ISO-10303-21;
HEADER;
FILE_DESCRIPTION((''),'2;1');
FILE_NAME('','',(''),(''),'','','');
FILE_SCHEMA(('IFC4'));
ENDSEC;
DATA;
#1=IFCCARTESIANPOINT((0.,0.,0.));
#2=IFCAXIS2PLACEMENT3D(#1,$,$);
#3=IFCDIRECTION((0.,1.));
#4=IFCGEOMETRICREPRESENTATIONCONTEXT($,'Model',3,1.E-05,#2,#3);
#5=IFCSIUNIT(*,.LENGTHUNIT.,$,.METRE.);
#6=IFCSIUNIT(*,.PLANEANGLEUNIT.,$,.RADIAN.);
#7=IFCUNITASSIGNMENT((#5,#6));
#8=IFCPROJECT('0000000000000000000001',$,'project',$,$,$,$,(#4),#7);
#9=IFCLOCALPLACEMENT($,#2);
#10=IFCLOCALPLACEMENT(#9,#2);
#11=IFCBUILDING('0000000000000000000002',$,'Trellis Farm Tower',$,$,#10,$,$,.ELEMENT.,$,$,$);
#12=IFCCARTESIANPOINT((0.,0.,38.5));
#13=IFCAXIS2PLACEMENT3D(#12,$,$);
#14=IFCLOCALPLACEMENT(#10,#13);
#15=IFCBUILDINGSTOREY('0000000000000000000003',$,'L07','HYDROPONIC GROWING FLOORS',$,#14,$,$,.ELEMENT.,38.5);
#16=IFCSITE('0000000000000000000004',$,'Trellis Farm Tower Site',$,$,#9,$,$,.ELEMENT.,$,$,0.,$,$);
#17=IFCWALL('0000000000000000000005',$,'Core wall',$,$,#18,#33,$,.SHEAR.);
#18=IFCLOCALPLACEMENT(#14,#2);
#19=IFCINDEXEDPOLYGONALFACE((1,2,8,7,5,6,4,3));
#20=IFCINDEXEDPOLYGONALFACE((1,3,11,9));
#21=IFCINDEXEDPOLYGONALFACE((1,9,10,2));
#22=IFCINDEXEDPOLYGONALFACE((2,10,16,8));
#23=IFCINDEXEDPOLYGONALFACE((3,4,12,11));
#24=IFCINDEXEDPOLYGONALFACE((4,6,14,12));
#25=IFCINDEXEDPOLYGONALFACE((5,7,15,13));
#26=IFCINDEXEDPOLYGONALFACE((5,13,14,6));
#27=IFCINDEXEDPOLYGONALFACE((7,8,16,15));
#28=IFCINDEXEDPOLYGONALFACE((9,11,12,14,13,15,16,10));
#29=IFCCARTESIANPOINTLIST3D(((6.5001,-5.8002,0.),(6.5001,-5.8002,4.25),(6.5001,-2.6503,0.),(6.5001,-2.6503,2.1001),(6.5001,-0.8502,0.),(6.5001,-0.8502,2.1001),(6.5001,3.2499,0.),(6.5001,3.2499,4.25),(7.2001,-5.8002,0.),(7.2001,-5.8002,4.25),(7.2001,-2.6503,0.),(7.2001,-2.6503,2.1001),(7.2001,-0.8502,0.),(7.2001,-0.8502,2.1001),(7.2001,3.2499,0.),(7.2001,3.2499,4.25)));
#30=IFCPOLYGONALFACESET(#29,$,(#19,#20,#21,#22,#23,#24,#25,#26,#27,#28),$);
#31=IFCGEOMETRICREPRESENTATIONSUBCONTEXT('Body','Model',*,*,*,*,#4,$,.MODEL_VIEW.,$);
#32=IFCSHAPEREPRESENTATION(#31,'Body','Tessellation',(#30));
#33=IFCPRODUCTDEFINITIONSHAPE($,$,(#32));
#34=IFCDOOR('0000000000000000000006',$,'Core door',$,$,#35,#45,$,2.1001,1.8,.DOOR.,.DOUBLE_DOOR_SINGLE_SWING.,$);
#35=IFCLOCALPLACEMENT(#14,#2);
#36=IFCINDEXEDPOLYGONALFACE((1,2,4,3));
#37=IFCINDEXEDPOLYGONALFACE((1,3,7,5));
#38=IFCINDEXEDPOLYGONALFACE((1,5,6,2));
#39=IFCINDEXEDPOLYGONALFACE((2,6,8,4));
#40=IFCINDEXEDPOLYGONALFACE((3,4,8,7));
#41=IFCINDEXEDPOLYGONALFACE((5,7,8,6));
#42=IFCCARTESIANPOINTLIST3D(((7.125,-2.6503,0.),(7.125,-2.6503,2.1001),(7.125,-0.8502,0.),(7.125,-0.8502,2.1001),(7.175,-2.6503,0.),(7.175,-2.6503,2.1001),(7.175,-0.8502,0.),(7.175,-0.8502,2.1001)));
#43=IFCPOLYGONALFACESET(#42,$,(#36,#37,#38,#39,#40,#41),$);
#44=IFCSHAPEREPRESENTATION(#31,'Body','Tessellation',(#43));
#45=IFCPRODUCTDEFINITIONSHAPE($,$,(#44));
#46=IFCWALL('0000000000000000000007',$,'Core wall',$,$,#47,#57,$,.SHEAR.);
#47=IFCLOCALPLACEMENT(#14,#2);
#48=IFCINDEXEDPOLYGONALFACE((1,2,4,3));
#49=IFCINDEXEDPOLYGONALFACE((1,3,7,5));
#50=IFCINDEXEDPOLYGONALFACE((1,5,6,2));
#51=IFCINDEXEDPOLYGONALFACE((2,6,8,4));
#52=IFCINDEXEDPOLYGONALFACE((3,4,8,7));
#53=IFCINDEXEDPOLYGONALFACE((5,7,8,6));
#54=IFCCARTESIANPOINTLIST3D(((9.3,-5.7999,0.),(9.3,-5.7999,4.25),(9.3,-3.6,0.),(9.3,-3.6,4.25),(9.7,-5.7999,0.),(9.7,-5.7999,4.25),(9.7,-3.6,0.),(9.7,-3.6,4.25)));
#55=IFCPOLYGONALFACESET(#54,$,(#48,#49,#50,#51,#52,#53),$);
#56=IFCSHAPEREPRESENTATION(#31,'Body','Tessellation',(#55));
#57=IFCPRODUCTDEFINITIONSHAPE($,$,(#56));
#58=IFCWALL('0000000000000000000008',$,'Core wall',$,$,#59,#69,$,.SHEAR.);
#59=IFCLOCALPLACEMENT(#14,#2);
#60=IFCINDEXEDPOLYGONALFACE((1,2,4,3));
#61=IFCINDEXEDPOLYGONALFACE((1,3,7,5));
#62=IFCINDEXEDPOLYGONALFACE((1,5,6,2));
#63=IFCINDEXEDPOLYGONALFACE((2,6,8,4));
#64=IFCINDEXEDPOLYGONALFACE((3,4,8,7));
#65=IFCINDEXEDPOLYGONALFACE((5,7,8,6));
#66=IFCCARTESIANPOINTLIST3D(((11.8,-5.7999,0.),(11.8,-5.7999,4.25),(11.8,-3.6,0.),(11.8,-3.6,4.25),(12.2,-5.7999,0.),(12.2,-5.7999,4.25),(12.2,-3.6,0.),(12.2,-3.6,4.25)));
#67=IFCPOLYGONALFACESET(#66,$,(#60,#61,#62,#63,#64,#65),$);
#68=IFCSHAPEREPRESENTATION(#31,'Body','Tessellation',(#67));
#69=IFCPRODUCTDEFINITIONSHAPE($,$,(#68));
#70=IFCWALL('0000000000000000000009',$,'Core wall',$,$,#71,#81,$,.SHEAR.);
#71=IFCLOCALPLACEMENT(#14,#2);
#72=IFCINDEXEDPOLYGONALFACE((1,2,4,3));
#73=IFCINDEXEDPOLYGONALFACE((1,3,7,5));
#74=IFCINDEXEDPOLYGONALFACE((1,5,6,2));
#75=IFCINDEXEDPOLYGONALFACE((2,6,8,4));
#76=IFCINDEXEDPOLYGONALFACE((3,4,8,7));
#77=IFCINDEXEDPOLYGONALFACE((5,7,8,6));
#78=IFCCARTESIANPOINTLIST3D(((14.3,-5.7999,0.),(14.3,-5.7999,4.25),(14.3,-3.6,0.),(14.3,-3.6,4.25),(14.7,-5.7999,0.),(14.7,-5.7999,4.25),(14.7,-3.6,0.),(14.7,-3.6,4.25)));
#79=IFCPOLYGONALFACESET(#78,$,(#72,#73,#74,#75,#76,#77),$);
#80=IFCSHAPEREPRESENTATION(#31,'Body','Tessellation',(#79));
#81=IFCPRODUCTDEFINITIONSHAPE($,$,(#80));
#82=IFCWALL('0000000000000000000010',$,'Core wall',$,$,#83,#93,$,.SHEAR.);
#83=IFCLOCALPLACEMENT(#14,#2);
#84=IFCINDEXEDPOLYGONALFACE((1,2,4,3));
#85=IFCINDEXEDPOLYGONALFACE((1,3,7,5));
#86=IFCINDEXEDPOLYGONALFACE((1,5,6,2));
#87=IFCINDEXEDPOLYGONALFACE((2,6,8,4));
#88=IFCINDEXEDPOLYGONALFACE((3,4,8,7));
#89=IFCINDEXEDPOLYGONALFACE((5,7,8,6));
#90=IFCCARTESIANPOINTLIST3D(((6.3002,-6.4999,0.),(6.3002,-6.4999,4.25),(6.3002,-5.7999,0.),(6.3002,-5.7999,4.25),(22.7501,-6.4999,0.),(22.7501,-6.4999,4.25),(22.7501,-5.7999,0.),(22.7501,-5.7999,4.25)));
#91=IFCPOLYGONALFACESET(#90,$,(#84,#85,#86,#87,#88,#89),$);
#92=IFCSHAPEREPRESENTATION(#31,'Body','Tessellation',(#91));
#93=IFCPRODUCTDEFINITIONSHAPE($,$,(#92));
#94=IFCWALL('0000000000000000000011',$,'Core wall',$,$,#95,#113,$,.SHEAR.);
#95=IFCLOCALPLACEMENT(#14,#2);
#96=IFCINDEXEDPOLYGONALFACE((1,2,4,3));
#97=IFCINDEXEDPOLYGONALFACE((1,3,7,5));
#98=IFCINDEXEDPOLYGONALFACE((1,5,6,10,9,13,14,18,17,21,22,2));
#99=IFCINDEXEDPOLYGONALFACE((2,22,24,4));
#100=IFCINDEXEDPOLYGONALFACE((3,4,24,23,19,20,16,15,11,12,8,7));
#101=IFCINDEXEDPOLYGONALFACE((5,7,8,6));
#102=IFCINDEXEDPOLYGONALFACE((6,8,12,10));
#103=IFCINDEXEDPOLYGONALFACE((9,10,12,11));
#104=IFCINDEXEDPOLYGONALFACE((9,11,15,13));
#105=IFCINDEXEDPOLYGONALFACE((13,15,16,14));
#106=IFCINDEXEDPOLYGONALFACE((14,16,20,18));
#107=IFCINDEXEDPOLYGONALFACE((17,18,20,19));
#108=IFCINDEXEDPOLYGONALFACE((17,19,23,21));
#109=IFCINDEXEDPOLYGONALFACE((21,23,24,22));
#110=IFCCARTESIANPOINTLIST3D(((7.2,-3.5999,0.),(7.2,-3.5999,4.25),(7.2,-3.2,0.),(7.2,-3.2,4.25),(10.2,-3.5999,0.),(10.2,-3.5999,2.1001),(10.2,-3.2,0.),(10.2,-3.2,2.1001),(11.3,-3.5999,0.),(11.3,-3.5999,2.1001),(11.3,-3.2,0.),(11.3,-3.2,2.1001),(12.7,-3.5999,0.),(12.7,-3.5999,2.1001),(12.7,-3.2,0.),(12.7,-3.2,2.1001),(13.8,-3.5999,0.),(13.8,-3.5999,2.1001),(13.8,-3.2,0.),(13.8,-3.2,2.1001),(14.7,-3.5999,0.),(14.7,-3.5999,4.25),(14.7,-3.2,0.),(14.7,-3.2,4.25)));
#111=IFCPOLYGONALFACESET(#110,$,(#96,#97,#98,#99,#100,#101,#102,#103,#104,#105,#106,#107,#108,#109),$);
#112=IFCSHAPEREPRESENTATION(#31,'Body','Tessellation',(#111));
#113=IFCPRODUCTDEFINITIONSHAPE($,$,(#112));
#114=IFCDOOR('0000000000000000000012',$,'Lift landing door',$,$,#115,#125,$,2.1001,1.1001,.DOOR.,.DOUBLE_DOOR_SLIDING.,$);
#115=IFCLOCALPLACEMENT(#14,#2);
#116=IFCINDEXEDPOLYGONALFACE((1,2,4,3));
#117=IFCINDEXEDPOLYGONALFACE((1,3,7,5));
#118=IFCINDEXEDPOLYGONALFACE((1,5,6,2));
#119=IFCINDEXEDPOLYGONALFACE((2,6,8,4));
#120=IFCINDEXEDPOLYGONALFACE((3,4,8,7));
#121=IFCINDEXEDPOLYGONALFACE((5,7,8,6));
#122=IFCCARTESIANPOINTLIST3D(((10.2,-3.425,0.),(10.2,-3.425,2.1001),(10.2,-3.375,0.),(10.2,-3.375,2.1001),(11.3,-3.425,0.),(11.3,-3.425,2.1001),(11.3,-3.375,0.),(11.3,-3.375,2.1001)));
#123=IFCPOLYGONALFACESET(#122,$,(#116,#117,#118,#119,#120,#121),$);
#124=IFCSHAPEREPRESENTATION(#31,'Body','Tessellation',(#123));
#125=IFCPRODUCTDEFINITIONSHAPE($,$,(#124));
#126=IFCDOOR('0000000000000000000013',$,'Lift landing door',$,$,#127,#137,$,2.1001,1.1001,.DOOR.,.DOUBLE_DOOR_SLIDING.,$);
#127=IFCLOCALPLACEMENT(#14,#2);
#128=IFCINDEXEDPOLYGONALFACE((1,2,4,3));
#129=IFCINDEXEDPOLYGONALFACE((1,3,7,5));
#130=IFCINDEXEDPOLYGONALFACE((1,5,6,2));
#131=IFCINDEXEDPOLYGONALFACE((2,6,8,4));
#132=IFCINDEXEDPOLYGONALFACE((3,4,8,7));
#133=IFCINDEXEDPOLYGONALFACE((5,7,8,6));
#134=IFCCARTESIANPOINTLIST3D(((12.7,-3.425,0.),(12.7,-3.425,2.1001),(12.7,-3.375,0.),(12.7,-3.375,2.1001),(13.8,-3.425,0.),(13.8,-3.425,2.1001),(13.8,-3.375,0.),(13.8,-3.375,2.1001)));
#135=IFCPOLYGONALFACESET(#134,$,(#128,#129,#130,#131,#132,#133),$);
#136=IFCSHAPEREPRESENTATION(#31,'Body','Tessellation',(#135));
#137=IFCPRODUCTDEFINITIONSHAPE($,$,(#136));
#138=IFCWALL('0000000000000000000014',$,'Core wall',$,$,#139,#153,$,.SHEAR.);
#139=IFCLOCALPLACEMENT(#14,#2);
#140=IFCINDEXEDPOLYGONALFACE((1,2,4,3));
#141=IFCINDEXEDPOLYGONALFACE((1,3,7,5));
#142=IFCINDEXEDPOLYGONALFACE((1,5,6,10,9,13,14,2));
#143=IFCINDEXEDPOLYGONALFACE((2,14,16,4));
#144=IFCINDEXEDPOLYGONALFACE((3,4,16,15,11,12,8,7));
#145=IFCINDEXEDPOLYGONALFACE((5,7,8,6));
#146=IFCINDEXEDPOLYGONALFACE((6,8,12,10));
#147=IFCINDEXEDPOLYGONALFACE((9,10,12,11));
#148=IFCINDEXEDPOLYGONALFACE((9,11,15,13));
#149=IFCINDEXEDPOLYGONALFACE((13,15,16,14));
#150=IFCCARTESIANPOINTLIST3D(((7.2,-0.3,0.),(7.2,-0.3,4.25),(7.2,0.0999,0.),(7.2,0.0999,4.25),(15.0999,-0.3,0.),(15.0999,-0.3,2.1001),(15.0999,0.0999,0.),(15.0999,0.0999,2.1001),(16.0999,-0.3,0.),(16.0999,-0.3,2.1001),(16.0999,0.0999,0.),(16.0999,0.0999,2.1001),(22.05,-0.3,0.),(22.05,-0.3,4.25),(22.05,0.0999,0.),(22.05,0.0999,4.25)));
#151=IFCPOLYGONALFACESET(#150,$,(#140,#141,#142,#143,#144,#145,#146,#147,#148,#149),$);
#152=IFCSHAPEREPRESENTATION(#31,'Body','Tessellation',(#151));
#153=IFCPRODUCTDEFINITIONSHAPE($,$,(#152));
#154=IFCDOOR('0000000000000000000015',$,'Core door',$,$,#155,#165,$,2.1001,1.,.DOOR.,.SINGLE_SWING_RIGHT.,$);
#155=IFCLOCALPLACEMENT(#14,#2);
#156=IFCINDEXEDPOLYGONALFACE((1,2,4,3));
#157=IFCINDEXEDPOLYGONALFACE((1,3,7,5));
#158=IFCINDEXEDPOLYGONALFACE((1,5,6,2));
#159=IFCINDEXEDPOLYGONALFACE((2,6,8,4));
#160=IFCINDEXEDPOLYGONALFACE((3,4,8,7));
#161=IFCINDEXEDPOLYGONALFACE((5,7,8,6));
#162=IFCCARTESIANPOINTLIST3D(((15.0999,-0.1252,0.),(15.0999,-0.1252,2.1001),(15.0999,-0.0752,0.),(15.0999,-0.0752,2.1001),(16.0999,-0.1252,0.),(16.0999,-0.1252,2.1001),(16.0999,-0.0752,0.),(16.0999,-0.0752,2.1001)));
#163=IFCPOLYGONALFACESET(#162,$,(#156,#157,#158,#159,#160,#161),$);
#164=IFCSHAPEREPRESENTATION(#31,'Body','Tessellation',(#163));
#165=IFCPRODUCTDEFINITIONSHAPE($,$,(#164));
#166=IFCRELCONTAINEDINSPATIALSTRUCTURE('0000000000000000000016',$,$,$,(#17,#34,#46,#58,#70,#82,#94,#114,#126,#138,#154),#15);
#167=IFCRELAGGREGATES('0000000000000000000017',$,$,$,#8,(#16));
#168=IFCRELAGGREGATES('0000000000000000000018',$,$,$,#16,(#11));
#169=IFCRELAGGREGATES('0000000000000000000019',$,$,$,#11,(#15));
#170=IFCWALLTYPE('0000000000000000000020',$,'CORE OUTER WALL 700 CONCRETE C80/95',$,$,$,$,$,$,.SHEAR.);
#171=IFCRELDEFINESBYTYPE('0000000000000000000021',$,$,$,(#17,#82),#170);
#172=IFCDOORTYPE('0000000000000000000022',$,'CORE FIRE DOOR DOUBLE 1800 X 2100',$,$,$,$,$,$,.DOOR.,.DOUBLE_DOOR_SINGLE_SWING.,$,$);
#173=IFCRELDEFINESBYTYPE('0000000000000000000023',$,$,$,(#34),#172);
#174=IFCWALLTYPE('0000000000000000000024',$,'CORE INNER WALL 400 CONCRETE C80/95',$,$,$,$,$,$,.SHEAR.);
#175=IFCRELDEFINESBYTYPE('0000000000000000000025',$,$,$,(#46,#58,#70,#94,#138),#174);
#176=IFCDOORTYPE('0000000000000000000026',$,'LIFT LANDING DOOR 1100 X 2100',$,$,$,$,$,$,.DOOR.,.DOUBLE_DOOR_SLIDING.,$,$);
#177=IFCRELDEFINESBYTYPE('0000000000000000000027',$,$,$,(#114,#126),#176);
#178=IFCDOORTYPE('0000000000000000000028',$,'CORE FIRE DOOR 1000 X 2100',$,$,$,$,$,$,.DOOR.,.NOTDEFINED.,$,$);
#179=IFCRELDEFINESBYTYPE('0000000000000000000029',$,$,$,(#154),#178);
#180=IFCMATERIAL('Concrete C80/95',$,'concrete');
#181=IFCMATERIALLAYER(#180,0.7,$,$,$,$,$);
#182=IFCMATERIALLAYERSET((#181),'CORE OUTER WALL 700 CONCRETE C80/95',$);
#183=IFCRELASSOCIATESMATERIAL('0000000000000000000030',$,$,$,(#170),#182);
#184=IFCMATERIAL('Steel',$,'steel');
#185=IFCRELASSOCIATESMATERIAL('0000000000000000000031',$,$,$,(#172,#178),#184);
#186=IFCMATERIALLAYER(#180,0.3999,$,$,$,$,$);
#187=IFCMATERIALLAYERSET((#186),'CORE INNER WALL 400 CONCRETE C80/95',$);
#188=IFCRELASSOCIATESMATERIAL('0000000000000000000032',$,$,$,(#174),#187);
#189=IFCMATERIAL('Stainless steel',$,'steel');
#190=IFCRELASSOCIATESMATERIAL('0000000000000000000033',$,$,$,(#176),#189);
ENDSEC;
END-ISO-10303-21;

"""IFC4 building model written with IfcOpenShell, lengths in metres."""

from ifc_helpers import new_model, si_unit, direction, frame, frame_2d, origin, place, context, subcontext, project, spatial, rectangle, extrude, source, transform, mapped, material, layer, layer_set, type_object, element, fill, save


model = new_model("IFC4")

# Units and contexts
model_context = context("Model", 3, precision=1e-05, world=origin(), true_north=direction((0.0, 1.0)))
body_context = subcontext(model_context, "Body", "Model", "MODEL_VIEW")
ifc_project = project(units=[si_unit("LENGTHUNIT", "METRE"), si_unit("PLANEANGLEUNIT", "RADIAN")], contexts=[model_context])

# Site, building, storey
site_placement = place(None, origin())
site = spatial("IfcSite", under=ifc_project, at=site_placement, Name="Trellis Farm Tower Site", CompositionType="ELEMENT", RefElevation=0.0)
building_placement = place(site_placement, origin())
building = spatial("IfcBuilding", under=site, at=building_placement, Name="Trellis Farm Tower", CompositionType="ELEMENT")
storey_placement = place(building_placement, frame((0.0, 0.0, 38.5)))
storey = spatial("IfcBuildingStorey", under=building, at=storey_placement, Name="L07", Description="HYDROPONIC GROWING FLOORS", CompositionType="ELEMENT", Elevation=38.5)

# Shared definitions
ifc_material_1 = material(Name="Concrete C80/95", Category="concrete")

# Wall, opening, door
ifc_layer_1 = layer(ifc_material_1, 0.7)
ifc_layer_set_1 = layer_set([ifc_layer_1], Name="CORE OUTER WALL 700 CONCRETE C80/95")
wall_type_1 = type_object("IfcWallType", Name="CORE OUTER WALL 700 CONCRETE C80/95", PredefinedType="SHEAR", material=ifc_layer_set_1)
shared_shape_1 = source(origin(), body_context, "Body", "SweptSolid", [
    extrude(rectangle(XDim=9.05, YDim=0.7, at=frame_2d((4.5249, 0.0))), origin(), (0.0, 0.0, 1.0), 4.25),
])
wall_1_placement = place(storey_placement, frame((6.8501, -5.8, 0.0), z_axis=(0.0, 0.0, 1.0), x_axis=(0.0, 1.0, 0.0)))
wall_1 = element("IfcWall", 1, at=wall_1_placement, inside=storey, type_object=wall_type_1, Name="Core wall", PredefinedType="SHEAR", context=body_context, shape_type="MappedRepresentation", body=[
    mapped(shared_shape_1, transform((0.0, 0.0, 0.0))),
])
shared_shape_2 = source(origin(), body_context, "Body", "SweptSolid", [
    extrude(rectangle(XDim=1.8, YDim=2.1001, at=frame_2d((0.8999, 1.05))), frame((0.0, 0.3601, 0.0), z_axis=(0.0, -1.0, 0.0), x_axis=(1.0, 0.0, 0.0)), (0.0, 0.0, 1.0), 0.7202),
])
opening_1_placement = place(wall_1_placement, frame((3.1499, 0.0, 0.0)))
opening_1 = element("IfcOpeningElement", 2, at=opening_1_placement, cuts=wall_1, PredefinedType="OPENING", context=body_context, shape_type="MappedRepresentation", body=[
    mapped(shared_shape_2, transform((0.0, 0.0, 0.0))),
])
ifc_material_2 = material(Name="Steel", Category="steel")
door_type_1 = type_object("IfcDoorType", Name="CORE FIRE DOOR DOUBLE 1800 X 2100", OperationType="DOUBLE_DOOR_SINGLE_SWING", PredefinedType="DOOR", material=ifc_material_2)
shared_shape_3 = source(origin(), body_context, "Body", "SweptSolid", [
    extrude(rectangle(XDim=1.8, YDim=2.1001, at=frame_2d((0.8999, 1.05))), frame((0.0, -0.2749, 0.0), z_axis=(0.0, -1.0, 0.0), x_axis=(1.0, 0.0, 0.0)), (0.0, 0.0, 1.0), 0.05),
])
door_1_placement = place(opening_1_placement, origin())
door_1 = element("IfcDoor", 3, at=door_1_placement, inside=storey, type_object=door_type_1, Name="Core door", OperationType="DOUBLE_DOOR_SINGLE_SWING", OverallHeight=2.1001, OverallWidth=1.8, PredefinedType="DOOR", context=body_context, shape_type="MappedRepresentation", body=[
    mapped(shared_shape_3, transform((0.0, 0.0, 0.0))),
])
fill(opening_1, door_1)

# Walls
ifc_layer_2 = layer(ifc_material_1, 0.3999)
ifc_layer_set_2 = layer_set([ifc_layer_2], Name="CORE INNER WALL 400 CONCRETE C80/95")
wall_type_2 = type_object("IfcWallType", Name="CORE INNER WALL 400 CONCRETE C80/95", PredefinedType="SHEAR", material=ifc_layer_set_2)
shared_shape_4 = source(origin(), body_context, "Body", "SweptSolid", [
    extrude(rectangle(XDim=2.2, YDim=0.3999, at=frame_2d((1.1001, 0.0))), origin(), (0.0, 0.0, 1.0), 4.25),
])
for number, where, z_axis, x_axis, name in (
    (4, (9.5, -5.8, 0.0), (0.0, 0.0, 1.0), (0.0, 1.0, 0.0), "Core wall"),
    (5, (12.0, -5.8, 0.0), (0.0, 0.0, 1.0), (0.0, 1.0, 0.0), "Core wall"),
    (6, (14.5, -5.8, 0.0), (0.0, 0.0, 1.0), (0.0, 1.0, 0.0), "Core wall"),
):
    element("IfcWall", number, at=place(storey_placement, frame(where, z_axis=z_axis, x_axis=x_axis)), inside=storey, type_object=wall_type_2, Name=name, PredefinedType="SHEAR", context=body_context, shape_type="MappedRepresentation", body=[
        mapped(shared_shape_4, transform((0.0, 0.0, 0.0))),
    ])
shared_shape_5 = source(origin(), body_context, "Body", "SweptSolid", [
    extrude(rectangle(XDim=16.45, YDim=0.7, at=frame_2d((8.2251, 0.0))), origin(), (0.0, 0.0, 1.0), 4.25),
])
wall_2_placement = place(storey_placement, frame((6.3, -6.1499, 0.0), z_axis=(0.0, 0.0, 1.0), x_axis=(1.0, 0.0, 0.0)))
element("IfcWall", 7, at=wall_2_placement, inside=storey, type_object=wall_type_1, Name="Core wall", PredefinedType="SHEAR", context=body_context, shape_type="MappedRepresentation", body=[
    mapped(shared_shape_5, transform((0.0, 0.0, 0.0))),
])

# Wall, openings, doors
shared_shape_6 = source(origin(), body_context, "Body", "SweptSolid", [
    extrude(rectangle(XDim=7.5, YDim=0.3999, at=frame_2d((3.75, 0.0))), origin(), (0.0, 0.0, 1.0), 4.25),
])
wall_3_placement = place(storey_placement, frame((7.2, -3.3999, 0.0), z_axis=(0.0, 0.0, 1.0), x_axis=(1.0, 0.0, 0.0)))
wall_3 = element("IfcWall", 8, at=wall_3_placement, inside=storey, type_object=wall_type_2, Name="Core wall", PredefinedType="SHEAR", context=body_context, shape_type="MappedRepresentation", body=[
    mapped(shared_shape_6, transform((0.0, 0.0, 0.0))),
])
shared_shape_7 = source(origin(), body_context, "Body", "SweptSolid", [
    extrude(rectangle(XDim=1.1001, YDim=2.1001, at=frame_2d((0.55, 1.05))), frame((0.0, 0.21, 0.0), z_axis=(0.0, -1.0, 0.0), x_axis=(1.0, 0.0, 0.0)), (0.0, 0.0, 1.0), 0.4199),
])
opening_2_placement = place(wall_3_placement, frame((3.0, 0.0, 0.0)))
opening_2 = element("IfcOpeningElement", 9, at=opening_2_placement, cuts=wall_3, PredefinedType="OPENING", context=body_context, shape_type="MappedRepresentation", body=[
    mapped(shared_shape_7, transform((0.0, 0.0, 0.0))),
])
opening_3_placement = place(wall_3_placement, frame((5.5, 0.0, 0.0)))
opening_3 = element("IfcOpeningElement", 10, at=opening_3_placement, cuts=wall_3, PredefinedType="OPENING", context=body_context, shape_type="MappedRepresentation", body=[
    mapped(shared_shape_7, transform((0.0, 0.0, 0.0))),
])
ifc_material_3 = material(Name="Stainless steel", Category="steel")
door_type_2 = type_object("IfcDoorType", Name="LIFT LANDING DOOR 1100 X 2100", OperationType="DOUBLE_DOOR_SLIDING", PredefinedType="DOOR", material=ifc_material_3)
shared_shape_8 = source(origin(), body_context, "Body", "SweptSolid", [
    extrude(rectangle(XDim=1.1001, YDim=2.1001, at=frame_2d((0.55, 1.05))), frame((0.0, 0.0249, 0.0), z_axis=(0.0, -1.0, 0.0), x_axis=(1.0, 0.0, 0.0)), (0.0, 0.0, 1.0), 0.05),
])
door_2_placement = place(opening_2_placement, origin())
door_2 = element("IfcDoor", 11, at=door_2_placement, inside=storey, type_object=door_type_2, Name="Lift landing door", OperationType="DOUBLE_DOOR_SLIDING", OverallHeight=2.1001, OverallWidth=1.1001, PredefinedType="DOOR", context=body_context, shape_type="MappedRepresentation", body=[
    mapped(shared_shape_8, transform((0.0, 0.0, 0.0))),
])
fill(opening_2, door_2)
door_3_placement = place(opening_3_placement, origin())
door_3 = element("IfcDoor", 12, at=door_3_placement, inside=storey, type_object=door_type_2, Name="Lift landing door", OperationType="DOUBLE_DOOR_SLIDING", OverallHeight=2.1001, OverallWidth=1.1001, PredefinedType="DOOR", context=body_context, shape_type="MappedRepresentation", body=[
    mapped(shared_shape_8, transform((0.0, 0.0, 0.0))),
])
fill(opening_3, door_3)

# Wall, opening, door
shared_shape_9 = source(origin(), body_context, "Body", "SweptSolid", [
    extrude(rectangle(XDim=14.8501, YDim=0.3999, at=frame_2d((7.425, 0.0))), origin(), (0.0, 0.0, 1.0), 4.25),
])
wall_4_placement = place(storey_placement, frame((7.2, -0.1001, 0.0), z_axis=(0.0, 0.0, 1.0), x_axis=(1.0, 0.0, 0.0)))
wall_4 = element("IfcWall", 13, at=wall_4_placement, inside=storey, type_object=wall_type_2, Name="Core wall", PredefinedType="SHEAR", context=body_context, shape_type="MappedRepresentation", body=[
    mapped(shared_shape_9, transform((0.0, 0.0, 0.0))),
])
shared_shape_10 = source(origin(), body_context, "Body", "SweptSolid", [
    extrude(rectangle(XDim=1.0, YDim=2.1001, at=frame_2d((0.5, 1.05))), frame((0.0, 0.21, 0.0), z_axis=(0.0, -1.0, 0.0), x_axis=(1.0, 0.0, 0.0)), (0.0, 0.0, 1.0), 0.4199),
])
opening_4_placement = place(wall_4_placement, frame((7.8999, 0.0, 0.0)))
opening_4 = element("IfcOpeningElement", 14, at=opening_4_placement, cuts=wall_4, PredefinedType="OPENING", context=body_context, shape_type="MappedRepresentation", body=[
    mapped(shared_shape_10, transform((0.0, 0.0, 0.0))),
])
door_type_3 = type_object("IfcDoorType", Name="CORE FIRE DOOR 1000 X 2100", OperationType="NOTDEFINED", PredefinedType="DOOR", material=ifc_material_2)
shared_shape_11 = source(origin(), body_context, "Body", "SweptSolid", [
    extrude(rectangle(XDim=1.0, YDim=2.1001, at=frame_2d((0.5, 1.05))), frame((0.0, 0.0249, 0.0), z_axis=(0.0, -1.0, 0.0), x_axis=(1.0, 0.0, 0.0)), (0.0, 0.0, 1.0), 0.05),
])
door_4_placement = place(opening_4_placement, origin())
door_4 = element("IfcDoor", 15, at=door_4_placement, inside=storey, type_object=door_type_3, Name="Core door", OperationType="SINGLE_SWING_RIGHT", OverallHeight=2.1001, OverallWidth=1.0, PredefinedType="DOOR", context=body_context, shape_type="MappedRepresentation", body=[
    mapped(shared_shape_11, transform((0.0, 0.0, 0.0))),
])
fill(opening_4, door_4)

save(model, "model.ifc")
